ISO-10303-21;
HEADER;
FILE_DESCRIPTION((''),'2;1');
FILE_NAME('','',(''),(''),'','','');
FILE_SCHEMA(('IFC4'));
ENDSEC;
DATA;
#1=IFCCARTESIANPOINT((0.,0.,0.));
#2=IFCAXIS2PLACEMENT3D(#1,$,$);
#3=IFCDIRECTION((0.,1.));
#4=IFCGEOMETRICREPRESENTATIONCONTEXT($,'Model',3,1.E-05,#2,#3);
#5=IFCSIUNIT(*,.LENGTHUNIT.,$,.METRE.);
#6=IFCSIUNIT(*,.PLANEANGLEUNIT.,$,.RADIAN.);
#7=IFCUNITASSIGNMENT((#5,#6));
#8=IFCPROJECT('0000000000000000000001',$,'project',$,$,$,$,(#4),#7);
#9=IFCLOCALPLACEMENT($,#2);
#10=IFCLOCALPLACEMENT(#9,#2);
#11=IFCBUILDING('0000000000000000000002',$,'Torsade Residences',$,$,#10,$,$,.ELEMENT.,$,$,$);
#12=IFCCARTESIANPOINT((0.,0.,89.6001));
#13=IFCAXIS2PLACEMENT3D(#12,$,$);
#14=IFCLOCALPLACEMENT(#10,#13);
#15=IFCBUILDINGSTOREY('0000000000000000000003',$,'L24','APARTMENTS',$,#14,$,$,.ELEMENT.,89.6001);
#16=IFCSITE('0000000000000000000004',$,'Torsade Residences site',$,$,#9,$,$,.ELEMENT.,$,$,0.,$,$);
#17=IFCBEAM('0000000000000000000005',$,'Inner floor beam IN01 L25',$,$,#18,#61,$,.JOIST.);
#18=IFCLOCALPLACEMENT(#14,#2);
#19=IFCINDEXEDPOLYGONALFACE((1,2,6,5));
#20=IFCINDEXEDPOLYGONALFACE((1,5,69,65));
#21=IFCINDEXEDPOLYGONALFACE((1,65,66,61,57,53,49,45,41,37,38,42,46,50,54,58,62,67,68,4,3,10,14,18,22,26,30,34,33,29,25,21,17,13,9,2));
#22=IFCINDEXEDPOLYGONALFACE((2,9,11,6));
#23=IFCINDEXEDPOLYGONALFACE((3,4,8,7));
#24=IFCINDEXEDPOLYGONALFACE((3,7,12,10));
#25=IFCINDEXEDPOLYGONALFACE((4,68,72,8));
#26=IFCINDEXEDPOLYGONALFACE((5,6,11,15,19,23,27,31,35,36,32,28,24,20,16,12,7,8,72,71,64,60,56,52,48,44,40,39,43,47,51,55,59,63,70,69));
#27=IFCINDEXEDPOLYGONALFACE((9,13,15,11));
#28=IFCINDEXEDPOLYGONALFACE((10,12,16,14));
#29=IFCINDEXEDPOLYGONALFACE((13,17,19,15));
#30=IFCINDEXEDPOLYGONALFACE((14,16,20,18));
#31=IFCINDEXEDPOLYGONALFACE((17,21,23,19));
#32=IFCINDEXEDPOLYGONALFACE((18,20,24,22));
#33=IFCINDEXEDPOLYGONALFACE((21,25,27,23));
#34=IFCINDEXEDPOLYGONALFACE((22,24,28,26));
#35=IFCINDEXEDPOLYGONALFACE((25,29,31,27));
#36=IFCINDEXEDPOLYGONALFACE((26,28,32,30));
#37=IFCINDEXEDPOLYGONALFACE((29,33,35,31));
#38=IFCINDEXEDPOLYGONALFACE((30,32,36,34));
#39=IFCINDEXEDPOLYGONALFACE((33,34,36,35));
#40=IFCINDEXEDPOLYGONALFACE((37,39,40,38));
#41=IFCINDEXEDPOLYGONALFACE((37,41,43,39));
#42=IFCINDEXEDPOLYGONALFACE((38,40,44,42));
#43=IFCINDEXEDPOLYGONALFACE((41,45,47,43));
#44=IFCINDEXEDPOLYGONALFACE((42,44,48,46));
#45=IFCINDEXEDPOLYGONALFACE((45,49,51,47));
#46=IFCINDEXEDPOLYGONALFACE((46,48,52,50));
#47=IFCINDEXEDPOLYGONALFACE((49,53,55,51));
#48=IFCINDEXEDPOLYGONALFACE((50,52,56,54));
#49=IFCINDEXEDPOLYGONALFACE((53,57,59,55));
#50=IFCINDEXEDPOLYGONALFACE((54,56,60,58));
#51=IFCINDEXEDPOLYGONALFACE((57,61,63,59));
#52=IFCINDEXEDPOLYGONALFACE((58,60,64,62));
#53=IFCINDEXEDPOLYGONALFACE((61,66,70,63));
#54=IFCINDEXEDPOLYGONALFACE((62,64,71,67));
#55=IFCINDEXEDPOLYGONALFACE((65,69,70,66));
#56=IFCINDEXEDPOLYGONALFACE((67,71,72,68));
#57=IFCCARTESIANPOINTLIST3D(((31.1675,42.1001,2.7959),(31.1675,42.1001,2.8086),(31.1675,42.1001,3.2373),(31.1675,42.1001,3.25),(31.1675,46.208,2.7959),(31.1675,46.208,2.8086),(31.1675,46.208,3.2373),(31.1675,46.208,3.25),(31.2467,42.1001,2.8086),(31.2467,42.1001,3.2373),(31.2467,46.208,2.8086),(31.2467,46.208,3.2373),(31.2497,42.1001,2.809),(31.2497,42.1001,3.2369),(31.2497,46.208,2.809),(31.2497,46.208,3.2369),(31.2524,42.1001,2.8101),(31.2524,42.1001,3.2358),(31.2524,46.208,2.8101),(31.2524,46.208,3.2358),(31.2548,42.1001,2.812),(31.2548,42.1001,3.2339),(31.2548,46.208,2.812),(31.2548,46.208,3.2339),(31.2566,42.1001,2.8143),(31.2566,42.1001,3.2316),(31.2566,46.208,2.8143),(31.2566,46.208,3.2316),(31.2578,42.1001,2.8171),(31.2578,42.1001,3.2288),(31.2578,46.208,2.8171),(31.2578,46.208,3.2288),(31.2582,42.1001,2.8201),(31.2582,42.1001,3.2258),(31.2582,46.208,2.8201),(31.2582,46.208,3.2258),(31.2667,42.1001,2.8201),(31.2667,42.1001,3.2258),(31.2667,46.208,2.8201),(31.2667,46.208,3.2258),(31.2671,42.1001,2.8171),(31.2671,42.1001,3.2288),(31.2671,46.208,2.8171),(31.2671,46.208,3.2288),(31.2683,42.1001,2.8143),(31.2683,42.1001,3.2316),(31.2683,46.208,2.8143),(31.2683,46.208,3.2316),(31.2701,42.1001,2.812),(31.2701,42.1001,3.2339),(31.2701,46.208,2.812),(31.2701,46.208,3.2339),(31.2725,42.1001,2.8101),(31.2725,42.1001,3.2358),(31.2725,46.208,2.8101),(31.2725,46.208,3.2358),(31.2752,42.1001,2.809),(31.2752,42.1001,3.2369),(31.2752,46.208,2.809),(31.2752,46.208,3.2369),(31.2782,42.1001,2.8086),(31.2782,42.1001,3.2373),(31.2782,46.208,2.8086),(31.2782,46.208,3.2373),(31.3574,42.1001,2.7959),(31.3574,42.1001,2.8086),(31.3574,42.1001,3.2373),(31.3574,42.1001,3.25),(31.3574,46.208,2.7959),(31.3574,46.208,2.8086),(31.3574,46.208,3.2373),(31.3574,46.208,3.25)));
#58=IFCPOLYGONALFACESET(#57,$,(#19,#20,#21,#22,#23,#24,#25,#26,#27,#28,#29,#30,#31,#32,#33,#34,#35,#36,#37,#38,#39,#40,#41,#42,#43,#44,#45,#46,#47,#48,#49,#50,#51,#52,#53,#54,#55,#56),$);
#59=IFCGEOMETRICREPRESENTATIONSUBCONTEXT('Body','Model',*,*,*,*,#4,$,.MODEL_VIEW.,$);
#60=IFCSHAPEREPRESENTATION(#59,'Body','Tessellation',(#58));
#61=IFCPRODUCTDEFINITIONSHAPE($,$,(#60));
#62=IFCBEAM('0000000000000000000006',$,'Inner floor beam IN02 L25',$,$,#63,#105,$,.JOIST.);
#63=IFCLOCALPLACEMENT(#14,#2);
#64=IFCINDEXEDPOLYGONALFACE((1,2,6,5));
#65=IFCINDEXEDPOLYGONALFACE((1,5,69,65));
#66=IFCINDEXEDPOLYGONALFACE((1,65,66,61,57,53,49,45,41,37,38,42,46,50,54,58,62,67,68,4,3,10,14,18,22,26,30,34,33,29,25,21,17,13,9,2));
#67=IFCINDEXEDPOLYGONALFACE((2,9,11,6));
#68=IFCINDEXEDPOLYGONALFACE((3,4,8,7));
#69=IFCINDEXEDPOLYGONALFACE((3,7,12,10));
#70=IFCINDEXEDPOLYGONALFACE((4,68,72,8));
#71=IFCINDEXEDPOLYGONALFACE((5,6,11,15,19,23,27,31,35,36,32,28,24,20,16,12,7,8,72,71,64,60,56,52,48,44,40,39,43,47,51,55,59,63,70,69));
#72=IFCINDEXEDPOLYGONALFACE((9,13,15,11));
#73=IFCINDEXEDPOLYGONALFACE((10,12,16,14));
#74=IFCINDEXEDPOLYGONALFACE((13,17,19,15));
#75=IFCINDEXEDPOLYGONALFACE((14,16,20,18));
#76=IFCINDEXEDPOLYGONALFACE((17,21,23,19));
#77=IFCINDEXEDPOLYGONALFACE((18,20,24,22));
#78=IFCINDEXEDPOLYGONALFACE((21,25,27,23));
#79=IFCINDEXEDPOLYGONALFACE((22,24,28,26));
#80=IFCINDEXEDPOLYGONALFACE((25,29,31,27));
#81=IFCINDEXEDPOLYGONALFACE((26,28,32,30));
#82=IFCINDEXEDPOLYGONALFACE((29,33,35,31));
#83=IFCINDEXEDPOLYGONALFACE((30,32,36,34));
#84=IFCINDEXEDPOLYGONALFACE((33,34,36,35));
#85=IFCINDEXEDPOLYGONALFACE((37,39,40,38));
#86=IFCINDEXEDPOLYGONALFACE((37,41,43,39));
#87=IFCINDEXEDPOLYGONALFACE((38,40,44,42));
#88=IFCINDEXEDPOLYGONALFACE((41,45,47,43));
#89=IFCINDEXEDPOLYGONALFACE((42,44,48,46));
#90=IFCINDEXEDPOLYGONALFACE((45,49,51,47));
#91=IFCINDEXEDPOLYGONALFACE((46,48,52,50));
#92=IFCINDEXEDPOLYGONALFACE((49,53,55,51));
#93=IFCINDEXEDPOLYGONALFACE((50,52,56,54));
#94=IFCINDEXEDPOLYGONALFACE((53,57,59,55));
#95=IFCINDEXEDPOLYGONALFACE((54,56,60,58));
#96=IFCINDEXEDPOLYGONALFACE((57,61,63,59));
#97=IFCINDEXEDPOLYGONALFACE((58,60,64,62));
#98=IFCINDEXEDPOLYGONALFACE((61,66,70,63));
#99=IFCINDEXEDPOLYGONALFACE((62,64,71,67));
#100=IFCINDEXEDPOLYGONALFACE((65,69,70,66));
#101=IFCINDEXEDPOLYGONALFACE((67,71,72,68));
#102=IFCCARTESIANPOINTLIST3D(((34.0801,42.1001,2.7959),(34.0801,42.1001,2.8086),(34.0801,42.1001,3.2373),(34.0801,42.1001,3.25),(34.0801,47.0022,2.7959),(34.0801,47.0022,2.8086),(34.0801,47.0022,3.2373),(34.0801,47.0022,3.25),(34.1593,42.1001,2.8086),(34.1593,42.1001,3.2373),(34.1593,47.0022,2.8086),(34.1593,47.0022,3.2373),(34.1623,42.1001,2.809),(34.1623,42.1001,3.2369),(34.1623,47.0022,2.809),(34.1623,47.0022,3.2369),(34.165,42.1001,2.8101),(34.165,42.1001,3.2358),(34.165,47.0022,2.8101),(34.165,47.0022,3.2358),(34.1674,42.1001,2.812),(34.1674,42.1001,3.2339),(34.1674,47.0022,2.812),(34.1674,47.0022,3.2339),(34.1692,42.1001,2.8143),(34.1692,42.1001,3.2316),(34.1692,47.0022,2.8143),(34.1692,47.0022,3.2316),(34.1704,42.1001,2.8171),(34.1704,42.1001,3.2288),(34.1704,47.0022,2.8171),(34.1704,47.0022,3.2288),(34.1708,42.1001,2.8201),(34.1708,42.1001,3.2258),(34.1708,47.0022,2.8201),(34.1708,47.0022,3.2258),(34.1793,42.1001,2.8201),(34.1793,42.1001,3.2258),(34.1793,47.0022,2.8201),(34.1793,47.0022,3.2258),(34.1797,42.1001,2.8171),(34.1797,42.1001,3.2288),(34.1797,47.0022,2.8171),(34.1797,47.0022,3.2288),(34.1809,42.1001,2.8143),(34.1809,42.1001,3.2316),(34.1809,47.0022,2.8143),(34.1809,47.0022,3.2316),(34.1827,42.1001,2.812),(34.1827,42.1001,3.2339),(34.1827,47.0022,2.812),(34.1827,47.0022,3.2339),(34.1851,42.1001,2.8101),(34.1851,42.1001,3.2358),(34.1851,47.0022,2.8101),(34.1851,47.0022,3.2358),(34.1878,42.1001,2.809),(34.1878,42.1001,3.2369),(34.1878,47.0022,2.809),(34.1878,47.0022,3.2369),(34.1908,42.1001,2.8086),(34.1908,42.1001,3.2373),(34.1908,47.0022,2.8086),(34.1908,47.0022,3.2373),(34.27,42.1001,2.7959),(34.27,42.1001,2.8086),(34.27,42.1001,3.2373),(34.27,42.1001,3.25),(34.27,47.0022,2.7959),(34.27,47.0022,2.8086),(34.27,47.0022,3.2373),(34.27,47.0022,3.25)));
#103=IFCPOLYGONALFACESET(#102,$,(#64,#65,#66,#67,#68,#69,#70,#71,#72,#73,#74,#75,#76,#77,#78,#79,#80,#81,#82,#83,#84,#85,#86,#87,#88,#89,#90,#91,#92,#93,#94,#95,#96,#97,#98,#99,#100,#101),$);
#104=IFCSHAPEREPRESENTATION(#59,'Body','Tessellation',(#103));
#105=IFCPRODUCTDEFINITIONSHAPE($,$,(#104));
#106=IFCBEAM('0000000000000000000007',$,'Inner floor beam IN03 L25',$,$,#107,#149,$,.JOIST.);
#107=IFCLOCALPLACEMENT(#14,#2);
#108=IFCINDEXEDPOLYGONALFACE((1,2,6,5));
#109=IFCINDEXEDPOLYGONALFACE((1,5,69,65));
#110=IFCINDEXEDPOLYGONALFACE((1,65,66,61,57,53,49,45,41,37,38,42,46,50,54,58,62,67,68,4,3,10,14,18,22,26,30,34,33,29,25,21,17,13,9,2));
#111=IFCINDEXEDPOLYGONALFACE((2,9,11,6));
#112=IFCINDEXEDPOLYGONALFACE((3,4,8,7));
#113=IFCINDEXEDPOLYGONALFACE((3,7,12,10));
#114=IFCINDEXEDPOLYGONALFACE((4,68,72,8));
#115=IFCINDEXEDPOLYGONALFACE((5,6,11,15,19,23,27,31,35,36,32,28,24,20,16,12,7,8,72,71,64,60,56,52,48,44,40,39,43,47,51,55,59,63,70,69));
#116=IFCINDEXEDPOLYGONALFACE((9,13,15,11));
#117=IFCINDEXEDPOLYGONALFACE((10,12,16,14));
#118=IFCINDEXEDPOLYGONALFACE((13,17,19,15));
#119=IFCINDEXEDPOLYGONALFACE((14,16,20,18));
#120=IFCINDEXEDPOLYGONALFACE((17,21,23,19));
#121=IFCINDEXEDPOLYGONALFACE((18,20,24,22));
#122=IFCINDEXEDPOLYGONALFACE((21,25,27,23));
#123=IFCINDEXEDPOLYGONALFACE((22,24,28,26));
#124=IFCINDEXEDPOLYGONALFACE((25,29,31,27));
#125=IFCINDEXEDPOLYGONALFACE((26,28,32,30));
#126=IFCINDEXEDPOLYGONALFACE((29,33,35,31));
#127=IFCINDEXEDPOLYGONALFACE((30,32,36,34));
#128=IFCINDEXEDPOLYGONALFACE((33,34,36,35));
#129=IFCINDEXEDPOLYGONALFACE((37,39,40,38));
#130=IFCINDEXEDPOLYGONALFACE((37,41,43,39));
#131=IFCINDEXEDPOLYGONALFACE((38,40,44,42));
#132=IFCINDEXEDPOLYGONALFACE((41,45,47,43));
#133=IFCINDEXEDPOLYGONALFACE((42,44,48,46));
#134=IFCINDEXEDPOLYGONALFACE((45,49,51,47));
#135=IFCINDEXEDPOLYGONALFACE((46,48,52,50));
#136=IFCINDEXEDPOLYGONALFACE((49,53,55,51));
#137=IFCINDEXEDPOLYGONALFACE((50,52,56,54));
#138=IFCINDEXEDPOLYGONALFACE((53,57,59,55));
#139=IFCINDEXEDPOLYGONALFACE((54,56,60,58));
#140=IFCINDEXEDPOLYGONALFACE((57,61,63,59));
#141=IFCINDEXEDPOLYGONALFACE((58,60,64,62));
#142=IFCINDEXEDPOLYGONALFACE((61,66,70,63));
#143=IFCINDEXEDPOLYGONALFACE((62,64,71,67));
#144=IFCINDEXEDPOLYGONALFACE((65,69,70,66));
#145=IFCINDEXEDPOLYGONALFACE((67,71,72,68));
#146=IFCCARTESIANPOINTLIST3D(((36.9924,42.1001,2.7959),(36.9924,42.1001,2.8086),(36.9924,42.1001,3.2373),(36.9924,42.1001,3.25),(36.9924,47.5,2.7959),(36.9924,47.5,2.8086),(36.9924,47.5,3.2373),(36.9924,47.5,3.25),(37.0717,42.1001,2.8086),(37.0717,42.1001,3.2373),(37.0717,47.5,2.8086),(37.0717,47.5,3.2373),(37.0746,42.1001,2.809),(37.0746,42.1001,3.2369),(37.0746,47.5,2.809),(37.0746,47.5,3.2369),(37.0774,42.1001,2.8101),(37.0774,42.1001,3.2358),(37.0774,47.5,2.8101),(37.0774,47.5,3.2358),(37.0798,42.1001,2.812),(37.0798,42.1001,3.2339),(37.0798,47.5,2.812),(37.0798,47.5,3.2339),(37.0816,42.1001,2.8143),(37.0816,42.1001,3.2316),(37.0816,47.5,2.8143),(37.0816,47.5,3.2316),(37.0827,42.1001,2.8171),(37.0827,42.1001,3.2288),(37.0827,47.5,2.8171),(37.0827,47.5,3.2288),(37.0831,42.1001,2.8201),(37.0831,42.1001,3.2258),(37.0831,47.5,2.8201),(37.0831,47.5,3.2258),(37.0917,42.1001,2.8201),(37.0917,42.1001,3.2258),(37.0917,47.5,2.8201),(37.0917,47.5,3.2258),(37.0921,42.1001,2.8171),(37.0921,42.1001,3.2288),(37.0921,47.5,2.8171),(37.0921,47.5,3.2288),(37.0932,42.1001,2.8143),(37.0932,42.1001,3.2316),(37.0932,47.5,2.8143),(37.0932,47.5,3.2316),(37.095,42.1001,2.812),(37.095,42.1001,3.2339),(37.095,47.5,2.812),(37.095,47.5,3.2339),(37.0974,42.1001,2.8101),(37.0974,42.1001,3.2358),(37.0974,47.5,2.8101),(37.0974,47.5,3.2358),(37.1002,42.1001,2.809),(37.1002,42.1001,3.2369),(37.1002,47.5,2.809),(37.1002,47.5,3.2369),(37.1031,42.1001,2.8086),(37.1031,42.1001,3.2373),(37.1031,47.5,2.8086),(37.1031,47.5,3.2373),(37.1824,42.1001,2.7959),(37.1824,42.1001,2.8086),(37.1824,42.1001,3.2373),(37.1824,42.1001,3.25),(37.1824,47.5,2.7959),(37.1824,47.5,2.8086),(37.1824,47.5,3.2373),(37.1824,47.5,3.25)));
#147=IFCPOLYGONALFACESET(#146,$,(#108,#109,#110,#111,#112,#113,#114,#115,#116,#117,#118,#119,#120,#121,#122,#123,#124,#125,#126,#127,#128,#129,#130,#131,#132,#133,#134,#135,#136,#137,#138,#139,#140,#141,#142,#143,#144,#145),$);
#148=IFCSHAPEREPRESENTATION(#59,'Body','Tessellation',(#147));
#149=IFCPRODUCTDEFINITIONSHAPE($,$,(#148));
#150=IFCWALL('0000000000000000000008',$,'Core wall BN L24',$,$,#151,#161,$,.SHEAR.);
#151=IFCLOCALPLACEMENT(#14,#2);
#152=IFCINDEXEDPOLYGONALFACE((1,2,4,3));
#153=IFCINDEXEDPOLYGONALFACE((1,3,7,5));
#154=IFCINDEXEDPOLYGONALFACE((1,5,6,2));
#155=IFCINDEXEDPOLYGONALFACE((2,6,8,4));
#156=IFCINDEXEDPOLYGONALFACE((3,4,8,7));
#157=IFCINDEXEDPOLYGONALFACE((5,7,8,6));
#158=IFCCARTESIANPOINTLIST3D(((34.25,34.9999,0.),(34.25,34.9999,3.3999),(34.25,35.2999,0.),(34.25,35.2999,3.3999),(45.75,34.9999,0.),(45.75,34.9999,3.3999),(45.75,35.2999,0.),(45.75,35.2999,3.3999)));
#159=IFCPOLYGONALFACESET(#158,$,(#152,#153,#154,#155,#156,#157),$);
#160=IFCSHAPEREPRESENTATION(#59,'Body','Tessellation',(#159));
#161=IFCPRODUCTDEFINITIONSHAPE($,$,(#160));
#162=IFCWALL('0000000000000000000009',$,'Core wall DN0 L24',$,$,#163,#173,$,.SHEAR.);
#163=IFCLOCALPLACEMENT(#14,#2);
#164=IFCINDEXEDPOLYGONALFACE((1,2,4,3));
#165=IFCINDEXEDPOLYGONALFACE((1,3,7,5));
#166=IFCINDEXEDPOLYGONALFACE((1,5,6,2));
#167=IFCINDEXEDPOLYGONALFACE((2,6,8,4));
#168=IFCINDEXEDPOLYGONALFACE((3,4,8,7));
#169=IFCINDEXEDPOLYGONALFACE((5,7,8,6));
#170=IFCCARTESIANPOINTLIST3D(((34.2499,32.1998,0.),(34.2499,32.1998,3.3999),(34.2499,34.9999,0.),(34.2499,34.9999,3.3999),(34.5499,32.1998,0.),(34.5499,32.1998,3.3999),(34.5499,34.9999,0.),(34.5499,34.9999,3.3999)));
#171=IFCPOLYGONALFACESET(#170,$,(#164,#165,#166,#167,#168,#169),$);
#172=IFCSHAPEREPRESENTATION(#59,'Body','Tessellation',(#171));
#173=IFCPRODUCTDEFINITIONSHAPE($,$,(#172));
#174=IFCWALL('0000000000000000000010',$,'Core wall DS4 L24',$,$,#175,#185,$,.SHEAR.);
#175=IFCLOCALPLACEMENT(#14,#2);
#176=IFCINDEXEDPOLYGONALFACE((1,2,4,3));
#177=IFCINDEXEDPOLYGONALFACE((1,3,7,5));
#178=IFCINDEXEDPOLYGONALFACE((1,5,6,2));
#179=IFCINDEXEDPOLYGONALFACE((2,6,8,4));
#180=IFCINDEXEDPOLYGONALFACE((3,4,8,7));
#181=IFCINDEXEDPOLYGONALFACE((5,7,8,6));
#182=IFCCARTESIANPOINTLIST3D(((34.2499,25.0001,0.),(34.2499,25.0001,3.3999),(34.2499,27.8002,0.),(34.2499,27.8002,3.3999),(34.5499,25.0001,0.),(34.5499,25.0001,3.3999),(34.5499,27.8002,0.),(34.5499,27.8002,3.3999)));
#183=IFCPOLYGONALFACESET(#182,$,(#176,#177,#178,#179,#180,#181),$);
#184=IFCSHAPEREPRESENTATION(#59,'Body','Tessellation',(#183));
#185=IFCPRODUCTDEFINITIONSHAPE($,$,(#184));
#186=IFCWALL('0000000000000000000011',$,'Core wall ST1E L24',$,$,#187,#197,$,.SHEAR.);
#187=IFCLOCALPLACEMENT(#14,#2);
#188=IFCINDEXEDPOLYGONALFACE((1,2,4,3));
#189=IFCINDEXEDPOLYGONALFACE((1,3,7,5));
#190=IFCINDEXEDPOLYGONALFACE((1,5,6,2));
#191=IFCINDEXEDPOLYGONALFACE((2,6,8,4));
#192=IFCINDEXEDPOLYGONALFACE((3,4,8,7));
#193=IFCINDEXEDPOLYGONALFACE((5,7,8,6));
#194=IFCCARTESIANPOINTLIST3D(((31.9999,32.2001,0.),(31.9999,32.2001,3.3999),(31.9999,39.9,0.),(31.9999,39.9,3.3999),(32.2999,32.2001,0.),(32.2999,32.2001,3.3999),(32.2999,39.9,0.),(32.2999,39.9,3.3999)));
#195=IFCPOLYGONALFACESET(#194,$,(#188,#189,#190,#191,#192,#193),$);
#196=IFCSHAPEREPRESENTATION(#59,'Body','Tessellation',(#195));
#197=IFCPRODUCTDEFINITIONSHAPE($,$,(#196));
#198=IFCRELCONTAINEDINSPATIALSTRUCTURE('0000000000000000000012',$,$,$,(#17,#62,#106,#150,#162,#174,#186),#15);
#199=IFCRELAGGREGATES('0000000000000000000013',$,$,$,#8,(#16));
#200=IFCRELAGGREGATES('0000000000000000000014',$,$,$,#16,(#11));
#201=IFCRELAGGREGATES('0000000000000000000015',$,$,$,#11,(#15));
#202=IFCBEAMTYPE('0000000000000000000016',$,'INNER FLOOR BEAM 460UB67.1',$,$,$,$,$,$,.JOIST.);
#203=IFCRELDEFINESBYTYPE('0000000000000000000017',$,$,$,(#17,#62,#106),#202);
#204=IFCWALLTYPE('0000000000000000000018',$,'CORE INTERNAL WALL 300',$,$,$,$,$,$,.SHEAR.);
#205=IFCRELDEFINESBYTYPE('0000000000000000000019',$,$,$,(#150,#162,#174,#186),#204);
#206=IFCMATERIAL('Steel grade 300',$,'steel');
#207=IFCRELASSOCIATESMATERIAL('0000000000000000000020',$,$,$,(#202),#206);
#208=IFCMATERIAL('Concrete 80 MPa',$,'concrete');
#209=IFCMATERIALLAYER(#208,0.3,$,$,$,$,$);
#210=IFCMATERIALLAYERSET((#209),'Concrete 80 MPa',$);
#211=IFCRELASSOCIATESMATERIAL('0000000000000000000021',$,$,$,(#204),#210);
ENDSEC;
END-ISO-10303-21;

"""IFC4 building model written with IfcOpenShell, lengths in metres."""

from ifc_helpers import new_model, si_unit, direction, frame, frame_2d, origin, origin_2d, place, context, subcontext, project, spatial, rectangle, i_section, extrude, material, layer, layer_set, material_profile, profile_set, type_object, element, save


model = new_model("IFC4")

# Units and contexts
model_context = context("Model", 3, precision=1e-05, world=origin(), true_north=direction((0.0, 1.0)))
body_context = subcontext(model_context, "Body", "Model", "MODEL_VIEW")
ifc_project = project(units=[si_unit("LENGTHUNIT", "METRE"), si_unit("PLANEANGLEUNIT", "RADIAN")], contexts=[model_context])

# Site, building, storey
site_placement = place(None, origin())
site = spatial("IfcSite", under=ifc_project, at=site_placement, Name="Torsade Residences site", CompositionType="ELEMENT", RefElevation=0.0)
building_placement = place(site_placement, origin())
building = spatial("IfcBuilding", under=site, at=building_placement, Name="Torsade Residences", CompositionType="ELEMENT")
storey_placement = place(building_placement, frame((0.0, 0.0, 89.6001)))
storey = spatial("IfcBuildingStorey", under=building, at=storey_placement, Name="L24", Description="APARTMENTS", CompositionType="ELEMENT", Elevation=89.6001)

# Beams
ifc_material_1 = material(Name="Steel grade 300", Category="steel")
ifc_material_profile = material_profile(ifc_material_1, i_section(OverallWidth=0.1899, OverallDepth=0.4541, WebThickness=0.0085, FlangeThickness=0.0127, FilletRadius=0.0115, at=origin_2d()), Name="460UB67.1")
ifc_profile_set = profile_set([ifc_material_profile], Name="Steel grade 300")
beam_type = type_object("IfcBeamType", Name="INNER FLOOR BEAM 460UB67.1", PredefinedType="JOIST", material=ifc_profile_set)
beam_1_placement = place(storey_placement, frame((31.2625, 42.1001, 3.0229), z_axis=(0.0, 1.0, 0.0), x_axis=(-1.0, 0.0, 0.0)))
element("IfcBeam", 1, at=beam_1_placement, inside=storey, type_object=beam_type, Name="Inner floor beam IN01 L25", PredefinedType="JOIST", context=body_context, shape_type="SweptSolid", body=[
    extrude(i_section(OverallWidth=0.1899, OverallDepth=0.4541, WebThickness=0.0085, FlangeThickness=0.0127, FilletRadius=0.0115, at=origin_2d()), origin(), (0.0, 0.0, 1.0), 4.1079),
])
beam_2_placement = place(storey_placement, frame((34.175, 42.1001, 3.0229), z_axis=(0.0, 1.0, 0.0), x_axis=(-1.0, 0.0, 0.0)))
element("IfcBeam", 2, at=beam_2_placement, inside=storey, type_object=beam_type, Name="Inner floor beam IN02 L25", PredefinedType="JOIST", context=body_context, shape_type="SweptSolid", body=[
    extrude(i_section(OverallWidth=0.1899, OverallDepth=0.4541, WebThickness=0.0085, FlangeThickness=0.0127, FilletRadius=0.0115, at=origin_2d()), origin(), (0.0, 0.0, 1.0), 4.9021),
])
beam_3_placement = place(storey_placement, frame((37.0874, 42.1001, 3.0229), z_axis=(0.0, 1.0, 0.0), x_axis=(-1.0, 0.0, 0.0)))
element("IfcBeam", 3, at=beam_3_placement, inside=storey, type_object=beam_type, Name="Inner floor beam IN03 L25", PredefinedType="JOIST", context=body_context, shape_type="SweptSolid", body=[
    extrude(i_section(OverallWidth=0.1899, OverallDepth=0.4541, WebThickness=0.0085, FlangeThickness=0.0127, FilletRadius=0.0115, at=origin_2d()), origin(), (0.0, 0.0, 1.0), 5.3999),
])

# Walls
ifc_material_2 = material(Name="Concrete 80 MPa", Category="concrete")
ifc_layer_1 = layer(ifc_material_2, 0.3)
ifc_layer_set_1 = layer_set([ifc_layer_1], Name="Concrete 80 MPa")
wall_type_1 = type_object("IfcWallType", Name="CORE INTERNAL WALL 300", PredefinedType="SHEAR", material=ifc_layer_set_1)
wall_1_placement = place(storey_placement, frame((34.25, 35.1499, 0.0), z_axis=(0.0, 0.0, 1.0), x_axis=(1.0, 0.0, 0.0)))
element("IfcWall", 4, at=wall_1_placement, inside=storey, type_object=wall_type_1, Name="Core wall BN L24", PredefinedType="SHEAR", context=body_context, shape_type="SweptSolid", body=[
    extrude(rectangle(XDim=11.5, YDim=0.3, at=frame_2d((5.75, 0.0))), origin(), (0.0, 0.0, 1.0), 3.3999),
])
for number, where, z_axis, x_axis, name in (
    (5, (34.3999, 32.2, 0.0), (0.0, 0.0, 1.0), (0.0, 1.0, 0.0), "Core wall DN0 L24"),
    (6, (34.3999, 27.8, 0.0), (0.0, 0.0, 1.0), (0.0, -1.0, 0.0), "Core wall DS4 L24"),
):
    element("IfcWall", number, at=place(storey_placement, frame(where, z_axis=z_axis, x_axis=x_axis)), inside=storey, type_object=wall_type_1, Name=name, PredefinedType="SHEAR", context=body_context, shape_type="SweptSolid", body=[
        extrude(rectangle(XDim=2.8, YDim=0.3, at=frame_2d((1.3999, 0.0))), origin(), (0.0, 0.0, 1.0), 3.3999),
    ])
wall_2_placement = place(storey_placement, frame((32.1499, 32.2, 0.0), z_axis=(0.0, 0.0, 1.0), x_axis=(0.0, 1.0, 0.0)))
element("IfcWall", 7, at=wall_2_placement, inside=storey, type_object=wall_type_1, Name="Core wall ST1E L24", PredefinedType="SHEAR", context=body_context, shape_type="SweptSolid", body=[
    extrude(rectangle(XDim=7.7, YDim=0.3, at=frame_2d((3.8501, 0.0))), origin(), (0.0, 0.0, 1.0), 3.3999),
])

save(model, "model.ifc")
